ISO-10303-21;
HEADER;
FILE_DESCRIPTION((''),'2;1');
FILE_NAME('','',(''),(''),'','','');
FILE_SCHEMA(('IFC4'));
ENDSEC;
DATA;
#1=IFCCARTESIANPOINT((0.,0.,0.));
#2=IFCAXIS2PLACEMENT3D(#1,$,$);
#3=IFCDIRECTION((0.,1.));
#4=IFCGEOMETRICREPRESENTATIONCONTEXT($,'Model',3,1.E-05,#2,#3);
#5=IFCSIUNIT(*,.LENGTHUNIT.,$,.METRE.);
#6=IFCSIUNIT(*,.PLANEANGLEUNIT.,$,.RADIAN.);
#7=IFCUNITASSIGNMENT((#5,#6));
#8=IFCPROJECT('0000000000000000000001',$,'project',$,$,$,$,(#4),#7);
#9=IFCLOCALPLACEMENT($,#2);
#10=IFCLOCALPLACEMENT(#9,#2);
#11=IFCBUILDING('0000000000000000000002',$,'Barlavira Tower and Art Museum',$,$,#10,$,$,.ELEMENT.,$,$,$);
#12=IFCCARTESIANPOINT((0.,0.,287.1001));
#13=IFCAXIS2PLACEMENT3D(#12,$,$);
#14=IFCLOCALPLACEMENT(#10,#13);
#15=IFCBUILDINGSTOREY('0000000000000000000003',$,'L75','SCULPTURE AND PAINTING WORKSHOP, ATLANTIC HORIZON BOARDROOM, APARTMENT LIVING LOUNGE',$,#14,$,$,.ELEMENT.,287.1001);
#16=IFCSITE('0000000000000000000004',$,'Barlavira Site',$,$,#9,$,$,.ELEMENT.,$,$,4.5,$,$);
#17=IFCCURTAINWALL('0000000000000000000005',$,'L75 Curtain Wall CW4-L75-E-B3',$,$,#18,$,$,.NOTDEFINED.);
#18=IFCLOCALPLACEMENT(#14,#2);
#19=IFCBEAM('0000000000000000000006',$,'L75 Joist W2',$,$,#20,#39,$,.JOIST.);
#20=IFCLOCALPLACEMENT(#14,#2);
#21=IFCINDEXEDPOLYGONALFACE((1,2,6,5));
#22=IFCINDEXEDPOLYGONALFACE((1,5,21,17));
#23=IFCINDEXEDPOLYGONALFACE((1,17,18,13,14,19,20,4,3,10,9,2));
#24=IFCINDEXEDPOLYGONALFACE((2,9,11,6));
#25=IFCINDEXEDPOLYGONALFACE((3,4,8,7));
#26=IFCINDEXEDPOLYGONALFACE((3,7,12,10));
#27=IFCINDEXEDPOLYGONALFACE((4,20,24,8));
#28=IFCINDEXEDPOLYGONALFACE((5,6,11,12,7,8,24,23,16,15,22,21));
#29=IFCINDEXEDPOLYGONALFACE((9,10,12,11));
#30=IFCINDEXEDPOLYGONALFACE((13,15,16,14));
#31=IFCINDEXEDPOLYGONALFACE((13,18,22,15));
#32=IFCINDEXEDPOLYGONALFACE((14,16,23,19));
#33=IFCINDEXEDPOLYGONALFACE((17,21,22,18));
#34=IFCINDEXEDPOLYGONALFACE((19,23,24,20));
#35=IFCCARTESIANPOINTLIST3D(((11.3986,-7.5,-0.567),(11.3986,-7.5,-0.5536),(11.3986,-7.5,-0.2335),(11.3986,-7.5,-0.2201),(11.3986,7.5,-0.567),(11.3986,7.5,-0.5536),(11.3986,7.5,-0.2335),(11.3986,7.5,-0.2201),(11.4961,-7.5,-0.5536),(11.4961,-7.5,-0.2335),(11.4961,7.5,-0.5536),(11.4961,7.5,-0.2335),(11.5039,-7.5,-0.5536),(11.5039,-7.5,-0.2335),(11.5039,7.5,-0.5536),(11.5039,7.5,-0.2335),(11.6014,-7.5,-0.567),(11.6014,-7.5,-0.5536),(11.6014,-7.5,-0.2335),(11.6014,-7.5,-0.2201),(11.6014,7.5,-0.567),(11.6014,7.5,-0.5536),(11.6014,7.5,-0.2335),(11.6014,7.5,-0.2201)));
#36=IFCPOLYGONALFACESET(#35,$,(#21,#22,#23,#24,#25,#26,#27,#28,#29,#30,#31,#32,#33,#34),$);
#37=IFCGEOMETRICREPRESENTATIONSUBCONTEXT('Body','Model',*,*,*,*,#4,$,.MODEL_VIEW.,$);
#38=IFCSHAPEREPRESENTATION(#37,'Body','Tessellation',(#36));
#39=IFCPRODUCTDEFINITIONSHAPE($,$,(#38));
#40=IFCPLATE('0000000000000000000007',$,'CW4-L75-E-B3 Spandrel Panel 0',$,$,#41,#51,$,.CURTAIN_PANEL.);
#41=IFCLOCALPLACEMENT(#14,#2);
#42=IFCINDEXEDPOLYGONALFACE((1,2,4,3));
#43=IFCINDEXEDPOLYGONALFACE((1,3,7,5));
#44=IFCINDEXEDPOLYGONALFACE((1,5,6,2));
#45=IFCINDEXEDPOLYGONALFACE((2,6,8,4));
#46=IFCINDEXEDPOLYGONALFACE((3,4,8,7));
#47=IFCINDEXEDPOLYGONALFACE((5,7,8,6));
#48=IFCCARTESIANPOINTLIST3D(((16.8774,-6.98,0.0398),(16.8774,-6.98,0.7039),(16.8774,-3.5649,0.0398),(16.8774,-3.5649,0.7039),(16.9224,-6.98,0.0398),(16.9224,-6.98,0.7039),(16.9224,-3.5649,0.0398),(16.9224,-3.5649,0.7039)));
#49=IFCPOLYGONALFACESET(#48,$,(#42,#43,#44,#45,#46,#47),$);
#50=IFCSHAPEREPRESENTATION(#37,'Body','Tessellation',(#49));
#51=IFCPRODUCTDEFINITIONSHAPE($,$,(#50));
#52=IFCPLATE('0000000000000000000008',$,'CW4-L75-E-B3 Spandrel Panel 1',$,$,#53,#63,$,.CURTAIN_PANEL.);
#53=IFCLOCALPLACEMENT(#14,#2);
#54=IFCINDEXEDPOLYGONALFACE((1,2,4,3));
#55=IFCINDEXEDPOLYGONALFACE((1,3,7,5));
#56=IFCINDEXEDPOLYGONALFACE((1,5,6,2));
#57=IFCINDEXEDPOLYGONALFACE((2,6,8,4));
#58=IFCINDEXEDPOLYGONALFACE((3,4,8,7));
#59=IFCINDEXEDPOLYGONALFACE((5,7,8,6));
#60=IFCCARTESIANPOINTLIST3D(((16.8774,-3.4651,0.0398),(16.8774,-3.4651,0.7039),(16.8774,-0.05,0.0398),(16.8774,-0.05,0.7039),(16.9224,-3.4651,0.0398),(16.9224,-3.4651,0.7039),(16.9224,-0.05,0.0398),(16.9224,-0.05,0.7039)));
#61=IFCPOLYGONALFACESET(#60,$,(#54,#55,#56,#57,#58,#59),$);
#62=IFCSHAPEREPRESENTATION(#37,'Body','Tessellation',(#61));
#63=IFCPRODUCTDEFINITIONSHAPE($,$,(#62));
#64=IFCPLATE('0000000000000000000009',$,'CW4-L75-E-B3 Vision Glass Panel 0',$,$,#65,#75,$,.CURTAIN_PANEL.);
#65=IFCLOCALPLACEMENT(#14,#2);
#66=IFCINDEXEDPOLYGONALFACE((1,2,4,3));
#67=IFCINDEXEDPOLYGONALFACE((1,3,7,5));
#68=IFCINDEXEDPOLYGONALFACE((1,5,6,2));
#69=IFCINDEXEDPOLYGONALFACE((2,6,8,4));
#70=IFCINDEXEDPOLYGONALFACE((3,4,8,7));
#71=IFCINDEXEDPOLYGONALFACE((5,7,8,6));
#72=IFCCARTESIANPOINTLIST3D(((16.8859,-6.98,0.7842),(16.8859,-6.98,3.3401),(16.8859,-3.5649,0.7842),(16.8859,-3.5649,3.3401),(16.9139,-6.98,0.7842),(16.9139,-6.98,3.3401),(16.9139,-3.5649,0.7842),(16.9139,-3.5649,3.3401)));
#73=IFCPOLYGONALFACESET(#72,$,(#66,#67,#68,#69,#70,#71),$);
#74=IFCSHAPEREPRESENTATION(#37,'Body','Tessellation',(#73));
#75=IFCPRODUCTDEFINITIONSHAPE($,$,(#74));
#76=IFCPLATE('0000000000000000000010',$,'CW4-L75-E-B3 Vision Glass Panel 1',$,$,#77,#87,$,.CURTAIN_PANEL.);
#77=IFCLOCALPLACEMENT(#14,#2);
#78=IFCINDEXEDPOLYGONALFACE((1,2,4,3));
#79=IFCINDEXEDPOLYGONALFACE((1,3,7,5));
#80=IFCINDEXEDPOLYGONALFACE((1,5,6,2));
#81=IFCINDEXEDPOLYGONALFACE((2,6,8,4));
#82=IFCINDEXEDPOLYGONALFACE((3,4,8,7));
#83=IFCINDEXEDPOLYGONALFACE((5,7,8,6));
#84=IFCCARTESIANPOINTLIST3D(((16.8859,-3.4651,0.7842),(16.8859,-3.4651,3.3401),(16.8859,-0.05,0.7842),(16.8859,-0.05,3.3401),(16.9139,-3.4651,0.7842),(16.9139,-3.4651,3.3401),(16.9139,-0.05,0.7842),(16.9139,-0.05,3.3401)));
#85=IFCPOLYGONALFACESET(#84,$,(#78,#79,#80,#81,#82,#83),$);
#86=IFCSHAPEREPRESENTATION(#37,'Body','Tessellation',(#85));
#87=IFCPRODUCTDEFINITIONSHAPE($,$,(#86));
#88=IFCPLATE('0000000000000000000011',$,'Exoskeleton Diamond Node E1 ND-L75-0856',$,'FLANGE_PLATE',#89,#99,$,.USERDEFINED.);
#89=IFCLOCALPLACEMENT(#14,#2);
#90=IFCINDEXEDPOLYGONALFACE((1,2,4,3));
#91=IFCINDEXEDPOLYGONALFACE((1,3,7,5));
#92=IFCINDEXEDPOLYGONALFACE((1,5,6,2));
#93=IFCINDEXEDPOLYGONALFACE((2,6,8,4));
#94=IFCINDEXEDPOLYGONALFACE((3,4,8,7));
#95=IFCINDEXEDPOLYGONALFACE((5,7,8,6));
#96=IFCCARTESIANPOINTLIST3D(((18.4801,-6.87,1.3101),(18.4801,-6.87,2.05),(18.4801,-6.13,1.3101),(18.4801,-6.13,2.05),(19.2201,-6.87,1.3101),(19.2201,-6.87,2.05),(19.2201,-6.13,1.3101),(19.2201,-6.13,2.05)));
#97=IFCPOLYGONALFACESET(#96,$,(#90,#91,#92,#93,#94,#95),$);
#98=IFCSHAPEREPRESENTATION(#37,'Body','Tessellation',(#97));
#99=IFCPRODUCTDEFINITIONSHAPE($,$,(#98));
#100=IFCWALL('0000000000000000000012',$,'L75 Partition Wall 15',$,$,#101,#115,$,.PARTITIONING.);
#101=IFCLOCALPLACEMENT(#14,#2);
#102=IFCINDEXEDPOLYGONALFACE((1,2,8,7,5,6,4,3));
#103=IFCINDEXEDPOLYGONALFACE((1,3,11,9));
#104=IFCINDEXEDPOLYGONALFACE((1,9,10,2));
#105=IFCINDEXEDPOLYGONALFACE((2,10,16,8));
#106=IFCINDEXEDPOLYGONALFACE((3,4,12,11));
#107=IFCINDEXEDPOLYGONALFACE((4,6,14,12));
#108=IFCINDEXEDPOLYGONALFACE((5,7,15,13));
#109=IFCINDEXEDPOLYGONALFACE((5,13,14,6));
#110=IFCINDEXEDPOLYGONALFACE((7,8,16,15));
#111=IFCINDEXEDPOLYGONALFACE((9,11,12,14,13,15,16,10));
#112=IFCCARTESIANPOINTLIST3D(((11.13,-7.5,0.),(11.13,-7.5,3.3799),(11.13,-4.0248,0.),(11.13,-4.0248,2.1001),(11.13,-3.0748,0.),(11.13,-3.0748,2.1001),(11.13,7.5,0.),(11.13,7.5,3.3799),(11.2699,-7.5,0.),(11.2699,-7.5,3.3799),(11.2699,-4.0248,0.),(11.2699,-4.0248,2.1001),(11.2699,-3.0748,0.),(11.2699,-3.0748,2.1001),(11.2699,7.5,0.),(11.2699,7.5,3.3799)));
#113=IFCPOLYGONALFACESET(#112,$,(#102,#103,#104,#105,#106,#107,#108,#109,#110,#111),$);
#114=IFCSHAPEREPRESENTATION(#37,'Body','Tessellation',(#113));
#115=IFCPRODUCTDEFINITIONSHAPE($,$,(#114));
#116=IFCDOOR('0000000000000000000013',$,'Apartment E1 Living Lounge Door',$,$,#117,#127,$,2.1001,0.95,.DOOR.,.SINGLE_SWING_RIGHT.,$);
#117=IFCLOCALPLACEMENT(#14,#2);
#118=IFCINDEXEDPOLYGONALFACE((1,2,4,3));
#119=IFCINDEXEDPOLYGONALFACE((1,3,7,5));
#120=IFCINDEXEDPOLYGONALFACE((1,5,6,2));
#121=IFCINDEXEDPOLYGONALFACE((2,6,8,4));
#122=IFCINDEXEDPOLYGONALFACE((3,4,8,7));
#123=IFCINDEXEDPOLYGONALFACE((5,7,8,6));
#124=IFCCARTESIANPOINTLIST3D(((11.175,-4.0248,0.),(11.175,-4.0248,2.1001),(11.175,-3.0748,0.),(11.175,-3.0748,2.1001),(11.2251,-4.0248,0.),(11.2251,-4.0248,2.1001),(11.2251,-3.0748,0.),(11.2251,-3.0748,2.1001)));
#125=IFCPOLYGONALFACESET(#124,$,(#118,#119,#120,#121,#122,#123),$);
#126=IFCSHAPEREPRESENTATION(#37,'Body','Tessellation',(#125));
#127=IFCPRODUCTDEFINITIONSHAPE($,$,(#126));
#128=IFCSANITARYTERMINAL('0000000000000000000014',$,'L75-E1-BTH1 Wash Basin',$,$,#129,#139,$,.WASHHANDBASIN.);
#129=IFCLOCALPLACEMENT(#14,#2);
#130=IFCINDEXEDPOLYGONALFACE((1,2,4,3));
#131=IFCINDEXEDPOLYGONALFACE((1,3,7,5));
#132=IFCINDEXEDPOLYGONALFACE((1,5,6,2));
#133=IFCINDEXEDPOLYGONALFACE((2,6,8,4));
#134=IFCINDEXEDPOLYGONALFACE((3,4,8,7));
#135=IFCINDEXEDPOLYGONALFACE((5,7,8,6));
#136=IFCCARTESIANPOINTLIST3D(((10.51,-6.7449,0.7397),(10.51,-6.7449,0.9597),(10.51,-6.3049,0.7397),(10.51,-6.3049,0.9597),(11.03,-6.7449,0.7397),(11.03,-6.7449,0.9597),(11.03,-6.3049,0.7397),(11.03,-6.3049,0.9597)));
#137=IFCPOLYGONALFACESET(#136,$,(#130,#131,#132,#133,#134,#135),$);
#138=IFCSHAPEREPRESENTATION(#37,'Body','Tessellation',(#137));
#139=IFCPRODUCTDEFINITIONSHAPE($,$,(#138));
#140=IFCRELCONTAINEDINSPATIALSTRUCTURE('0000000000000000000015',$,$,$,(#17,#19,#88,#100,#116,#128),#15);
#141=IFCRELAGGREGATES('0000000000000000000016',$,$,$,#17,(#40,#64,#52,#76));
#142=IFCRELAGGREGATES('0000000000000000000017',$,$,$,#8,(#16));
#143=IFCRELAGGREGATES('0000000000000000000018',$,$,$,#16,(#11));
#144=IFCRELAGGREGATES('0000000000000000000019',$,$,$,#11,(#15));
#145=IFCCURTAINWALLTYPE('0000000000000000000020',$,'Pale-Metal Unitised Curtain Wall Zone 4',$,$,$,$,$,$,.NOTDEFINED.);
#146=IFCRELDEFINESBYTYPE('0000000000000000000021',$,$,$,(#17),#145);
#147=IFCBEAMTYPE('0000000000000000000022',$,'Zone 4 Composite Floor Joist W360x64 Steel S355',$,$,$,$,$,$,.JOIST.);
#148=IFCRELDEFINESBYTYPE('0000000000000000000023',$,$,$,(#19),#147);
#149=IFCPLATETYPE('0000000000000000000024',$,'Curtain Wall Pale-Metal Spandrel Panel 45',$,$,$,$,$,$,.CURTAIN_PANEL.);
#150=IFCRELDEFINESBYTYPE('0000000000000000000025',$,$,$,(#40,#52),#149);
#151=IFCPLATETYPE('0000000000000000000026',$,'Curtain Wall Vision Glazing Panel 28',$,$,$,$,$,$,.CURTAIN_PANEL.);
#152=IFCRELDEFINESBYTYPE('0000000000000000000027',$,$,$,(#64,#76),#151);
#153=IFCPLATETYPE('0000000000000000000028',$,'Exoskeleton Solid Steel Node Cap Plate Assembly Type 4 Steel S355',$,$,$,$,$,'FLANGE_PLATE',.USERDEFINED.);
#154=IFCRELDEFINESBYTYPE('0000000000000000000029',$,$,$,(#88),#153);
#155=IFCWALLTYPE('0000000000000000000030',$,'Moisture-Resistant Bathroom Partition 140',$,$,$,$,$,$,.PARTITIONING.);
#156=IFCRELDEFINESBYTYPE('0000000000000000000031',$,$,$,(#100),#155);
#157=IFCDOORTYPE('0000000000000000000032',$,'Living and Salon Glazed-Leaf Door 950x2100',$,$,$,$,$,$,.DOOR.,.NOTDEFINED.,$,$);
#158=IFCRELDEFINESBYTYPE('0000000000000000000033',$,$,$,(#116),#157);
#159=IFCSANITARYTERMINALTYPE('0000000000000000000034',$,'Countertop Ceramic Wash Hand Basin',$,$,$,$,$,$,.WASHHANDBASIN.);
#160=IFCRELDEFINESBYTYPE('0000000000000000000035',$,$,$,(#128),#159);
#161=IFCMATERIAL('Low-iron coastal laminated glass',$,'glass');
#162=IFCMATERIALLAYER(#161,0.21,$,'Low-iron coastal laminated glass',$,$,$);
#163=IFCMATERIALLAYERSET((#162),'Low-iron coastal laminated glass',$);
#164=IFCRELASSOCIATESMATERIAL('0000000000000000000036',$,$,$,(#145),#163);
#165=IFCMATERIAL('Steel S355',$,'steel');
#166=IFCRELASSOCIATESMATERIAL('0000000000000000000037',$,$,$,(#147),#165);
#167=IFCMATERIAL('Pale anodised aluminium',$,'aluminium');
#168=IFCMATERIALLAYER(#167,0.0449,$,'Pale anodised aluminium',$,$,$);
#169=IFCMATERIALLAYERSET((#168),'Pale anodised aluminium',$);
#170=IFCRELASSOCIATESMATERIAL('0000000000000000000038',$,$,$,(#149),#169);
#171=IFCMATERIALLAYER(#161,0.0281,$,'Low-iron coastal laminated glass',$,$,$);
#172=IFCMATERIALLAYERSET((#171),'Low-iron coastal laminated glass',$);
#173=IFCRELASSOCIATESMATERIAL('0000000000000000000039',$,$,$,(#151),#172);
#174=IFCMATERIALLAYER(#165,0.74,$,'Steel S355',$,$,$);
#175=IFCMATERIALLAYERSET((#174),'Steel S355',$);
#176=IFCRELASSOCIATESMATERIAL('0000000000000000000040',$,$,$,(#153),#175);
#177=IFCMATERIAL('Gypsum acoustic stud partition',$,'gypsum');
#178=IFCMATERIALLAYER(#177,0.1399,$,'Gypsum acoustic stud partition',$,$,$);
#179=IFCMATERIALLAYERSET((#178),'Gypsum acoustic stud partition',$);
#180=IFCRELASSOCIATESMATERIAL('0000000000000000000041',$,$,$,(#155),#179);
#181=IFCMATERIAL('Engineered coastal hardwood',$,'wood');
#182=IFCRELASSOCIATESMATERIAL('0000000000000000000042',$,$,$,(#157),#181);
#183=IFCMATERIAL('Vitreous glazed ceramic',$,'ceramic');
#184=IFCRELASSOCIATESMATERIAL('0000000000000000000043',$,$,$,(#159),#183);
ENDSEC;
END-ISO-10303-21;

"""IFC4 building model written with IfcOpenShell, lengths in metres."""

from ifc_helpers import new_model, si_unit, direction, frame, frame_2d, origin, origin_2d, place, context, subcontext, project, spatial, rectangle, i_section, extrude, material, layer, layer_set, material_profile, profile_set, type_object, element, fill, aggregate, save


model = new_model("IFC4")

# Units and contexts
model_context = context("Model", 3, precision=1e-05, world=origin(), true_north=direction((0.0, 1.0)))
body_context = subcontext(model_context, "Body", "Model", "MODEL_VIEW")
ifc_project = project(units=[si_unit("LENGTHUNIT", "METRE"), si_unit("PLANEANGLEUNIT", "RADIAN")], contexts=[model_context])

# Site, building, storey
site_placement = place(None, origin())
site = spatial("IfcSite", under=ifc_project, at=site_placement, Name="Barlavira Site", CompositionType="ELEMENT", RefElevation=4.5)
building_placement = place(site_placement, origin())
building = spatial("IfcBuilding", under=site, at=building_placement, Name="Barlavira Tower and Art Museum", CompositionType="ELEMENT")
storey_placement = place(building_placement, frame((0.0, 0.0, 287.1001)))
storey = spatial("IfcBuildingStorey", under=building, at=storey_placement, Name="L75", Description="SCULPTURE AND PAINTING WORKSHOP, ATLANTIC HORIZON BOARDROOM, APARTMENT LIVING LOUNGE", CompositionType="ELEMENT", Elevation=287.1001)

# Curtain wall
ifc_material_1 = material(Name="Low-iron coastal laminated glass", Category="glass")
ifc_layer_1 = layer(ifc_material_1, 0.21, Name="Low-iron coastal laminated glass")
ifc_layer_set_1 = layer_set([ifc_layer_1], Name="Low-iron coastal laminated glass")
curtain_wall_type = type_object("IfcCurtainWallType", Name="Pale-Metal Unitised Curtain Wall Zone 4", PredefinedType="NOTDEFINED", material=ifc_layer_set_1)
curtain_wall_placement = place(storey_placement, origin())
curtain_wall = element("IfcCurtainWall", 1, at=curtain_wall_placement, inside=storey, type_object=curtain_wall_type, Name="L75 Curtain Wall CW4-L75-E-B3", PredefinedType="NOTDEFINED")
ifc_material_2 = material(Name="Pale anodised aluminium", Category="aluminium")

# Beam
ifc_material_3 = material(Name="Steel S355", Category="steel")
ifc_material_profile_1 = material_profile(ifc_material_3, i_section(OverallWidth=0.2029, OverallDepth=0.3469, WebThickness=0.0078, FlangeThickness=0.0134, at=origin_2d()), Name="W360x64.0")
ifc_profile_set_1 = profile_set([ifc_material_profile_1], Name="Steel S355")
beam_type_1 = type_object("IfcBeamType", Name="Zone 4 Composite Floor Joist W360x64 Steel S355", PredefinedType="JOIST", material=ifc_profile_set_1)
beam_1_placement = place(storey_placement, frame((11.5, -7.5, -0.3936), z_axis=(0.0, 1.0, 0.0), x_axis=(-1.0, 0.0, 0.0)))
element("IfcBeam", 2, at=beam_1_placement, inside=storey, type_object=beam_type_1, Name="L75 Joist W2", PredefinedType="JOIST", context=body_context, shape_type="SweptSolid", body=[
    extrude(i_section(OverallWidth=0.2029, OverallDepth=0.3469, WebThickness=0.0078, FlangeThickness=0.0134, at=origin_2d()), origin(), (0.0, 0.0, 1.0), 15.0),
])

# Plates
ifc_layer_2 = layer(ifc_material_2, 0.0449, Name="Pale anodised aluminium")
ifc_layer_set_2 = layer_set([ifc_layer_2], Name="Pale anodised aluminium")
plate_type_1 = type_object("IfcPlateType", Name="Curtain Wall Pale-Metal Spandrel Panel 45", PredefinedType="CURTAIN_PANEL", material=ifc_layer_set_2)
plate_1_placement = place(storey_placement, frame((16.8999, -5.2725, 0.0398), z_axis=(0.0, 0.0, 1.0), x_axis=(0.0, 1.0, 0.0)))
plate_1 = element("IfcPlate", 3, at=plate_1_placement, type_object=plate_type_1, Name="CW4-L75-E-B3 Spandrel Panel 0", PredefinedType="CURTAIN_PANEL", context=body_context, shape_type="SweptSolid", body=[
    extrude(rectangle(XDim=3.415, YDim=0.0449, at=origin_2d()), origin(), (0.0, 0.0, 1.0), 0.6641),
])
plate_2_placement = place(storey_placement, frame((16.8999, -1.7576, 0.0398), z_axis=(0.0, 0.0, 1.0), x_axis=(0.0, 1.0, 0.0)))
plate_2 = element("IfcPlate", 4, at=plate_2_placement, type_object=plate_type_1, Name="CW4-L75-E-B3 Spandrel Panel 1", PredefinedType="CURTAIN_PANEL", context=body_context, shape_type="SweptSolid", body=[
    extrude(rectangle(XDim=3.415, YDim=0.0449, at=origin_2d()), origin(), (0.0, 0.0, 1.0), 0.6641),
])
ifc_layer_3 = layer(ifc_material_1, 0.0281, Name="Low-iron coastal laminated glass")
ifc_layer_set_3 = layer_set([ifc_layer_3], Name="Low-iron coastal laminated glass")
plate_type_2 = type_object("IfcPlateType", Name="Curtain Wall Vision Glazing Panel 28", PredefinedType="CURTAIN_PANEL", material=ifc_layer_set_3)
plate_3_placement = place(storey_placement, frame((16.8999, -5.2725, 0.7842), z_axis=(0.0, 0.0, 1.0), x_axis=(0.0, 1.0, 0.0)))
plate_3 = element("IfcPlate", 5, at=plate_3_placement, type_object=plate_type_2, Name="CW4-L75-E-B3 Vision Glass Panel 0", PredefinedType="CURTAIN_PANEL", context=body_context, shape_type="SweptSolid", body=[
    extrude(rectangle(XDim=3.415, YDim=0.0281, at=origin_2d()), origin(), (0.0, 0.0, 1.0), 2.5559),
])
plate_4_placement = place(storey_placement, frame((16.8999, -1.7576, 0.7842), z_axis=(0.0, 0.0, 1.0), x_axis=(0.0, 1.0, 0.0)))
plate_4 = element("IfcPlate", 6, at=plate_4_placement, type_object=plate_type_2, Name="CW4-L75-E-B3 Vision Glass Panel 1", PredefinedType="CURTAIN_PANEL", context=body_context, shape_type="SweptSolid", body=[
    extrude(rectangle(XDim=3.415, YDim=0.0281, at=origin_2d()), origin(), (0.0, 0.0, 1.0), 2.5559),
])
aggregate(curtain_wall, [plate_1, plate_3, plate_2, plate_4])
ifc_layer_4 = layer(ifc_material_3, 0.74, Name="Steel S355")
ifc_layer_set_4 = layer_set([ifc_layer_4], Name="Steel S355")
plate_type_3 = type_object("IfcPlateType", Name="Exoskeleton Solid Steel Node Cap Plate Assembly Type 4 Steel S355", ElementType="FLANGE_PLATE", PredefinedType="USERDEFINED", material=ifc_layer_set_4)
plate_5_placement = place(storey_placement, frame((18.8501, -6.5, 1.3101), z_axis=(0.0, 0.0, 1.0), x_axis=(1.0, 0.0, 0.0)))
element("IfcPlate", 7, at=plate_5_placement, inside=storey, type_object=plate_type_3, Name="Exoskeleton Diamond Node E1 ND-L75-0856", ObjectType="FLANGE_PLATE", PredefinedType="USERDEFINED", context=body_context, shape_type="SweptSolid", body=[
    extrude(rectangle(XDim=0.74, YDim=0.74, at=origin_2d()), origin(), (0.0, 0.0, 1.0), 0.74),
])

# Shared definitions
ifc_material_4 = material(Name="Gypsum acoustic stud partition", Category="gypsum")

# Wall, opening, door
ifc_layer_5 = layer(ifc_material_4, 0.1399, Name="Gypsum acoustic stud partition")
ifc_layer_set_5 = layer_set([ifc_layer_5], Name="Gypsum acoustic stud partition")
wall_type_1 = type_object("IfcWallType", Name="Moisture-Resistant Bathroom Partition 140", PredefinedType="PARTITIONING", material=ifc_layer_set_5)
wall_1_placement = place(storey_placement, frame((11.2, -7.5, 0.0), z_axis=(0.0, 0.0, 1.0), x_axis=(0.0, 1.0, 0.0)))
wall_1 = element("IfcWall", 8, at=wall_1_placement, inside=storey, type_object=wall_type_1, Name="L75 Partition Wall 15", PredefinedType="PARTITIONING", context=body_context, shape_type="SweptSolid", body=[
    extrude(rectangle(XDim=15.0, YDim=0.1399, at=frame_2d((7.5, 0.0))), origin(), (0.0, 0.0, 1.0), 3.3799),
])
opening_placement = place(wall_1_placement, frame((3.4751, 0.0, 0.0)))
opening = element("IfcOpeningElement", 9, at=opening_placement, cuts=wall_1, PredefinedType="OPENING", context=body_context, shape_type="SweptSolid", body=[
    extrude(rectangle(XDim=0.95, YDim=2.1001, at=frame_2d((0.4751, 1.05))), frame((0.0, 0.0801, 0.0), z_axis=(0.0, -1.0, 0.0), x_axis=(1.0, 0.0, 0.0)), (0.0, 0.0, 1.0), 0.1599),
])
ifc_material_5 = material(Name="Engineered coastal hardwood", Category="wood")
door_type = type_object("IfcDoorType", Name="Living and Salon Glazed-Leaf Door 950x2100", OperationType="NOTDEFINED", PredefinedType="DOOR", material=ifc_material_5)
door_placement = place(opening_placement, origin())
door = element("IfcDoor", 10, at=door_placement, inside=storey, type_object=door_type, Name="Apartment E1 Living Lounge Door", OperationType="SINGLE_SWING_RIGHT", OverallHeight=2.1001, OverallWidth=0.95, PredefinedType="DOOR", context=body_context, shape_type="SweptSolid", body=[
    extrude(rectangle(XDim=0.95, YDim=2.1001, at=frame_2d((0.4751, 1.05))), frame((0.0, 0.0249, 0.0), z_axis=(0.0, -1.0, 0.0), x_axis=(1.0, 0.0, 0.0)), (0.0, 0.0, 1.0), 0.05),
])
fill(opening, door)

# Sanitary terminal
ifc_material_6 = material(Name="Vitreous glazed ceramic", Category="ceramic")
sanitary_terminal_type = type_object("IfcSanitaryTerminalType", Name="Countertop Ceramic Wash Hand Basin", PredefinedType="WASHHANDBASIN", material=ifc_material_6)
sanitary_terminal_placement = place(storey_placement, frame((10.77, -6.5249, 0.7397), z_axis=(0.0, 0.0, 1.0), x_axis=(1.0, 0.0, 0.0)))
element("IfcSanitaryTerminal", 11, at=sanitary_terminal_placement, inside=storey, type_object=sanitary_terminal_type, Name="L75-E1-BTH1 Wash Basin", PredefinedType="WASHHANDBASIN", context=body_context, shape_type="SweptSolid", body=[
    extrude(rectangle(XDim=0.52, YDim=0.4399, at=origin_2d()), origin(), (0.0, 0.0, 1.0), 0.22),
])

save(model, "model.ifc")
